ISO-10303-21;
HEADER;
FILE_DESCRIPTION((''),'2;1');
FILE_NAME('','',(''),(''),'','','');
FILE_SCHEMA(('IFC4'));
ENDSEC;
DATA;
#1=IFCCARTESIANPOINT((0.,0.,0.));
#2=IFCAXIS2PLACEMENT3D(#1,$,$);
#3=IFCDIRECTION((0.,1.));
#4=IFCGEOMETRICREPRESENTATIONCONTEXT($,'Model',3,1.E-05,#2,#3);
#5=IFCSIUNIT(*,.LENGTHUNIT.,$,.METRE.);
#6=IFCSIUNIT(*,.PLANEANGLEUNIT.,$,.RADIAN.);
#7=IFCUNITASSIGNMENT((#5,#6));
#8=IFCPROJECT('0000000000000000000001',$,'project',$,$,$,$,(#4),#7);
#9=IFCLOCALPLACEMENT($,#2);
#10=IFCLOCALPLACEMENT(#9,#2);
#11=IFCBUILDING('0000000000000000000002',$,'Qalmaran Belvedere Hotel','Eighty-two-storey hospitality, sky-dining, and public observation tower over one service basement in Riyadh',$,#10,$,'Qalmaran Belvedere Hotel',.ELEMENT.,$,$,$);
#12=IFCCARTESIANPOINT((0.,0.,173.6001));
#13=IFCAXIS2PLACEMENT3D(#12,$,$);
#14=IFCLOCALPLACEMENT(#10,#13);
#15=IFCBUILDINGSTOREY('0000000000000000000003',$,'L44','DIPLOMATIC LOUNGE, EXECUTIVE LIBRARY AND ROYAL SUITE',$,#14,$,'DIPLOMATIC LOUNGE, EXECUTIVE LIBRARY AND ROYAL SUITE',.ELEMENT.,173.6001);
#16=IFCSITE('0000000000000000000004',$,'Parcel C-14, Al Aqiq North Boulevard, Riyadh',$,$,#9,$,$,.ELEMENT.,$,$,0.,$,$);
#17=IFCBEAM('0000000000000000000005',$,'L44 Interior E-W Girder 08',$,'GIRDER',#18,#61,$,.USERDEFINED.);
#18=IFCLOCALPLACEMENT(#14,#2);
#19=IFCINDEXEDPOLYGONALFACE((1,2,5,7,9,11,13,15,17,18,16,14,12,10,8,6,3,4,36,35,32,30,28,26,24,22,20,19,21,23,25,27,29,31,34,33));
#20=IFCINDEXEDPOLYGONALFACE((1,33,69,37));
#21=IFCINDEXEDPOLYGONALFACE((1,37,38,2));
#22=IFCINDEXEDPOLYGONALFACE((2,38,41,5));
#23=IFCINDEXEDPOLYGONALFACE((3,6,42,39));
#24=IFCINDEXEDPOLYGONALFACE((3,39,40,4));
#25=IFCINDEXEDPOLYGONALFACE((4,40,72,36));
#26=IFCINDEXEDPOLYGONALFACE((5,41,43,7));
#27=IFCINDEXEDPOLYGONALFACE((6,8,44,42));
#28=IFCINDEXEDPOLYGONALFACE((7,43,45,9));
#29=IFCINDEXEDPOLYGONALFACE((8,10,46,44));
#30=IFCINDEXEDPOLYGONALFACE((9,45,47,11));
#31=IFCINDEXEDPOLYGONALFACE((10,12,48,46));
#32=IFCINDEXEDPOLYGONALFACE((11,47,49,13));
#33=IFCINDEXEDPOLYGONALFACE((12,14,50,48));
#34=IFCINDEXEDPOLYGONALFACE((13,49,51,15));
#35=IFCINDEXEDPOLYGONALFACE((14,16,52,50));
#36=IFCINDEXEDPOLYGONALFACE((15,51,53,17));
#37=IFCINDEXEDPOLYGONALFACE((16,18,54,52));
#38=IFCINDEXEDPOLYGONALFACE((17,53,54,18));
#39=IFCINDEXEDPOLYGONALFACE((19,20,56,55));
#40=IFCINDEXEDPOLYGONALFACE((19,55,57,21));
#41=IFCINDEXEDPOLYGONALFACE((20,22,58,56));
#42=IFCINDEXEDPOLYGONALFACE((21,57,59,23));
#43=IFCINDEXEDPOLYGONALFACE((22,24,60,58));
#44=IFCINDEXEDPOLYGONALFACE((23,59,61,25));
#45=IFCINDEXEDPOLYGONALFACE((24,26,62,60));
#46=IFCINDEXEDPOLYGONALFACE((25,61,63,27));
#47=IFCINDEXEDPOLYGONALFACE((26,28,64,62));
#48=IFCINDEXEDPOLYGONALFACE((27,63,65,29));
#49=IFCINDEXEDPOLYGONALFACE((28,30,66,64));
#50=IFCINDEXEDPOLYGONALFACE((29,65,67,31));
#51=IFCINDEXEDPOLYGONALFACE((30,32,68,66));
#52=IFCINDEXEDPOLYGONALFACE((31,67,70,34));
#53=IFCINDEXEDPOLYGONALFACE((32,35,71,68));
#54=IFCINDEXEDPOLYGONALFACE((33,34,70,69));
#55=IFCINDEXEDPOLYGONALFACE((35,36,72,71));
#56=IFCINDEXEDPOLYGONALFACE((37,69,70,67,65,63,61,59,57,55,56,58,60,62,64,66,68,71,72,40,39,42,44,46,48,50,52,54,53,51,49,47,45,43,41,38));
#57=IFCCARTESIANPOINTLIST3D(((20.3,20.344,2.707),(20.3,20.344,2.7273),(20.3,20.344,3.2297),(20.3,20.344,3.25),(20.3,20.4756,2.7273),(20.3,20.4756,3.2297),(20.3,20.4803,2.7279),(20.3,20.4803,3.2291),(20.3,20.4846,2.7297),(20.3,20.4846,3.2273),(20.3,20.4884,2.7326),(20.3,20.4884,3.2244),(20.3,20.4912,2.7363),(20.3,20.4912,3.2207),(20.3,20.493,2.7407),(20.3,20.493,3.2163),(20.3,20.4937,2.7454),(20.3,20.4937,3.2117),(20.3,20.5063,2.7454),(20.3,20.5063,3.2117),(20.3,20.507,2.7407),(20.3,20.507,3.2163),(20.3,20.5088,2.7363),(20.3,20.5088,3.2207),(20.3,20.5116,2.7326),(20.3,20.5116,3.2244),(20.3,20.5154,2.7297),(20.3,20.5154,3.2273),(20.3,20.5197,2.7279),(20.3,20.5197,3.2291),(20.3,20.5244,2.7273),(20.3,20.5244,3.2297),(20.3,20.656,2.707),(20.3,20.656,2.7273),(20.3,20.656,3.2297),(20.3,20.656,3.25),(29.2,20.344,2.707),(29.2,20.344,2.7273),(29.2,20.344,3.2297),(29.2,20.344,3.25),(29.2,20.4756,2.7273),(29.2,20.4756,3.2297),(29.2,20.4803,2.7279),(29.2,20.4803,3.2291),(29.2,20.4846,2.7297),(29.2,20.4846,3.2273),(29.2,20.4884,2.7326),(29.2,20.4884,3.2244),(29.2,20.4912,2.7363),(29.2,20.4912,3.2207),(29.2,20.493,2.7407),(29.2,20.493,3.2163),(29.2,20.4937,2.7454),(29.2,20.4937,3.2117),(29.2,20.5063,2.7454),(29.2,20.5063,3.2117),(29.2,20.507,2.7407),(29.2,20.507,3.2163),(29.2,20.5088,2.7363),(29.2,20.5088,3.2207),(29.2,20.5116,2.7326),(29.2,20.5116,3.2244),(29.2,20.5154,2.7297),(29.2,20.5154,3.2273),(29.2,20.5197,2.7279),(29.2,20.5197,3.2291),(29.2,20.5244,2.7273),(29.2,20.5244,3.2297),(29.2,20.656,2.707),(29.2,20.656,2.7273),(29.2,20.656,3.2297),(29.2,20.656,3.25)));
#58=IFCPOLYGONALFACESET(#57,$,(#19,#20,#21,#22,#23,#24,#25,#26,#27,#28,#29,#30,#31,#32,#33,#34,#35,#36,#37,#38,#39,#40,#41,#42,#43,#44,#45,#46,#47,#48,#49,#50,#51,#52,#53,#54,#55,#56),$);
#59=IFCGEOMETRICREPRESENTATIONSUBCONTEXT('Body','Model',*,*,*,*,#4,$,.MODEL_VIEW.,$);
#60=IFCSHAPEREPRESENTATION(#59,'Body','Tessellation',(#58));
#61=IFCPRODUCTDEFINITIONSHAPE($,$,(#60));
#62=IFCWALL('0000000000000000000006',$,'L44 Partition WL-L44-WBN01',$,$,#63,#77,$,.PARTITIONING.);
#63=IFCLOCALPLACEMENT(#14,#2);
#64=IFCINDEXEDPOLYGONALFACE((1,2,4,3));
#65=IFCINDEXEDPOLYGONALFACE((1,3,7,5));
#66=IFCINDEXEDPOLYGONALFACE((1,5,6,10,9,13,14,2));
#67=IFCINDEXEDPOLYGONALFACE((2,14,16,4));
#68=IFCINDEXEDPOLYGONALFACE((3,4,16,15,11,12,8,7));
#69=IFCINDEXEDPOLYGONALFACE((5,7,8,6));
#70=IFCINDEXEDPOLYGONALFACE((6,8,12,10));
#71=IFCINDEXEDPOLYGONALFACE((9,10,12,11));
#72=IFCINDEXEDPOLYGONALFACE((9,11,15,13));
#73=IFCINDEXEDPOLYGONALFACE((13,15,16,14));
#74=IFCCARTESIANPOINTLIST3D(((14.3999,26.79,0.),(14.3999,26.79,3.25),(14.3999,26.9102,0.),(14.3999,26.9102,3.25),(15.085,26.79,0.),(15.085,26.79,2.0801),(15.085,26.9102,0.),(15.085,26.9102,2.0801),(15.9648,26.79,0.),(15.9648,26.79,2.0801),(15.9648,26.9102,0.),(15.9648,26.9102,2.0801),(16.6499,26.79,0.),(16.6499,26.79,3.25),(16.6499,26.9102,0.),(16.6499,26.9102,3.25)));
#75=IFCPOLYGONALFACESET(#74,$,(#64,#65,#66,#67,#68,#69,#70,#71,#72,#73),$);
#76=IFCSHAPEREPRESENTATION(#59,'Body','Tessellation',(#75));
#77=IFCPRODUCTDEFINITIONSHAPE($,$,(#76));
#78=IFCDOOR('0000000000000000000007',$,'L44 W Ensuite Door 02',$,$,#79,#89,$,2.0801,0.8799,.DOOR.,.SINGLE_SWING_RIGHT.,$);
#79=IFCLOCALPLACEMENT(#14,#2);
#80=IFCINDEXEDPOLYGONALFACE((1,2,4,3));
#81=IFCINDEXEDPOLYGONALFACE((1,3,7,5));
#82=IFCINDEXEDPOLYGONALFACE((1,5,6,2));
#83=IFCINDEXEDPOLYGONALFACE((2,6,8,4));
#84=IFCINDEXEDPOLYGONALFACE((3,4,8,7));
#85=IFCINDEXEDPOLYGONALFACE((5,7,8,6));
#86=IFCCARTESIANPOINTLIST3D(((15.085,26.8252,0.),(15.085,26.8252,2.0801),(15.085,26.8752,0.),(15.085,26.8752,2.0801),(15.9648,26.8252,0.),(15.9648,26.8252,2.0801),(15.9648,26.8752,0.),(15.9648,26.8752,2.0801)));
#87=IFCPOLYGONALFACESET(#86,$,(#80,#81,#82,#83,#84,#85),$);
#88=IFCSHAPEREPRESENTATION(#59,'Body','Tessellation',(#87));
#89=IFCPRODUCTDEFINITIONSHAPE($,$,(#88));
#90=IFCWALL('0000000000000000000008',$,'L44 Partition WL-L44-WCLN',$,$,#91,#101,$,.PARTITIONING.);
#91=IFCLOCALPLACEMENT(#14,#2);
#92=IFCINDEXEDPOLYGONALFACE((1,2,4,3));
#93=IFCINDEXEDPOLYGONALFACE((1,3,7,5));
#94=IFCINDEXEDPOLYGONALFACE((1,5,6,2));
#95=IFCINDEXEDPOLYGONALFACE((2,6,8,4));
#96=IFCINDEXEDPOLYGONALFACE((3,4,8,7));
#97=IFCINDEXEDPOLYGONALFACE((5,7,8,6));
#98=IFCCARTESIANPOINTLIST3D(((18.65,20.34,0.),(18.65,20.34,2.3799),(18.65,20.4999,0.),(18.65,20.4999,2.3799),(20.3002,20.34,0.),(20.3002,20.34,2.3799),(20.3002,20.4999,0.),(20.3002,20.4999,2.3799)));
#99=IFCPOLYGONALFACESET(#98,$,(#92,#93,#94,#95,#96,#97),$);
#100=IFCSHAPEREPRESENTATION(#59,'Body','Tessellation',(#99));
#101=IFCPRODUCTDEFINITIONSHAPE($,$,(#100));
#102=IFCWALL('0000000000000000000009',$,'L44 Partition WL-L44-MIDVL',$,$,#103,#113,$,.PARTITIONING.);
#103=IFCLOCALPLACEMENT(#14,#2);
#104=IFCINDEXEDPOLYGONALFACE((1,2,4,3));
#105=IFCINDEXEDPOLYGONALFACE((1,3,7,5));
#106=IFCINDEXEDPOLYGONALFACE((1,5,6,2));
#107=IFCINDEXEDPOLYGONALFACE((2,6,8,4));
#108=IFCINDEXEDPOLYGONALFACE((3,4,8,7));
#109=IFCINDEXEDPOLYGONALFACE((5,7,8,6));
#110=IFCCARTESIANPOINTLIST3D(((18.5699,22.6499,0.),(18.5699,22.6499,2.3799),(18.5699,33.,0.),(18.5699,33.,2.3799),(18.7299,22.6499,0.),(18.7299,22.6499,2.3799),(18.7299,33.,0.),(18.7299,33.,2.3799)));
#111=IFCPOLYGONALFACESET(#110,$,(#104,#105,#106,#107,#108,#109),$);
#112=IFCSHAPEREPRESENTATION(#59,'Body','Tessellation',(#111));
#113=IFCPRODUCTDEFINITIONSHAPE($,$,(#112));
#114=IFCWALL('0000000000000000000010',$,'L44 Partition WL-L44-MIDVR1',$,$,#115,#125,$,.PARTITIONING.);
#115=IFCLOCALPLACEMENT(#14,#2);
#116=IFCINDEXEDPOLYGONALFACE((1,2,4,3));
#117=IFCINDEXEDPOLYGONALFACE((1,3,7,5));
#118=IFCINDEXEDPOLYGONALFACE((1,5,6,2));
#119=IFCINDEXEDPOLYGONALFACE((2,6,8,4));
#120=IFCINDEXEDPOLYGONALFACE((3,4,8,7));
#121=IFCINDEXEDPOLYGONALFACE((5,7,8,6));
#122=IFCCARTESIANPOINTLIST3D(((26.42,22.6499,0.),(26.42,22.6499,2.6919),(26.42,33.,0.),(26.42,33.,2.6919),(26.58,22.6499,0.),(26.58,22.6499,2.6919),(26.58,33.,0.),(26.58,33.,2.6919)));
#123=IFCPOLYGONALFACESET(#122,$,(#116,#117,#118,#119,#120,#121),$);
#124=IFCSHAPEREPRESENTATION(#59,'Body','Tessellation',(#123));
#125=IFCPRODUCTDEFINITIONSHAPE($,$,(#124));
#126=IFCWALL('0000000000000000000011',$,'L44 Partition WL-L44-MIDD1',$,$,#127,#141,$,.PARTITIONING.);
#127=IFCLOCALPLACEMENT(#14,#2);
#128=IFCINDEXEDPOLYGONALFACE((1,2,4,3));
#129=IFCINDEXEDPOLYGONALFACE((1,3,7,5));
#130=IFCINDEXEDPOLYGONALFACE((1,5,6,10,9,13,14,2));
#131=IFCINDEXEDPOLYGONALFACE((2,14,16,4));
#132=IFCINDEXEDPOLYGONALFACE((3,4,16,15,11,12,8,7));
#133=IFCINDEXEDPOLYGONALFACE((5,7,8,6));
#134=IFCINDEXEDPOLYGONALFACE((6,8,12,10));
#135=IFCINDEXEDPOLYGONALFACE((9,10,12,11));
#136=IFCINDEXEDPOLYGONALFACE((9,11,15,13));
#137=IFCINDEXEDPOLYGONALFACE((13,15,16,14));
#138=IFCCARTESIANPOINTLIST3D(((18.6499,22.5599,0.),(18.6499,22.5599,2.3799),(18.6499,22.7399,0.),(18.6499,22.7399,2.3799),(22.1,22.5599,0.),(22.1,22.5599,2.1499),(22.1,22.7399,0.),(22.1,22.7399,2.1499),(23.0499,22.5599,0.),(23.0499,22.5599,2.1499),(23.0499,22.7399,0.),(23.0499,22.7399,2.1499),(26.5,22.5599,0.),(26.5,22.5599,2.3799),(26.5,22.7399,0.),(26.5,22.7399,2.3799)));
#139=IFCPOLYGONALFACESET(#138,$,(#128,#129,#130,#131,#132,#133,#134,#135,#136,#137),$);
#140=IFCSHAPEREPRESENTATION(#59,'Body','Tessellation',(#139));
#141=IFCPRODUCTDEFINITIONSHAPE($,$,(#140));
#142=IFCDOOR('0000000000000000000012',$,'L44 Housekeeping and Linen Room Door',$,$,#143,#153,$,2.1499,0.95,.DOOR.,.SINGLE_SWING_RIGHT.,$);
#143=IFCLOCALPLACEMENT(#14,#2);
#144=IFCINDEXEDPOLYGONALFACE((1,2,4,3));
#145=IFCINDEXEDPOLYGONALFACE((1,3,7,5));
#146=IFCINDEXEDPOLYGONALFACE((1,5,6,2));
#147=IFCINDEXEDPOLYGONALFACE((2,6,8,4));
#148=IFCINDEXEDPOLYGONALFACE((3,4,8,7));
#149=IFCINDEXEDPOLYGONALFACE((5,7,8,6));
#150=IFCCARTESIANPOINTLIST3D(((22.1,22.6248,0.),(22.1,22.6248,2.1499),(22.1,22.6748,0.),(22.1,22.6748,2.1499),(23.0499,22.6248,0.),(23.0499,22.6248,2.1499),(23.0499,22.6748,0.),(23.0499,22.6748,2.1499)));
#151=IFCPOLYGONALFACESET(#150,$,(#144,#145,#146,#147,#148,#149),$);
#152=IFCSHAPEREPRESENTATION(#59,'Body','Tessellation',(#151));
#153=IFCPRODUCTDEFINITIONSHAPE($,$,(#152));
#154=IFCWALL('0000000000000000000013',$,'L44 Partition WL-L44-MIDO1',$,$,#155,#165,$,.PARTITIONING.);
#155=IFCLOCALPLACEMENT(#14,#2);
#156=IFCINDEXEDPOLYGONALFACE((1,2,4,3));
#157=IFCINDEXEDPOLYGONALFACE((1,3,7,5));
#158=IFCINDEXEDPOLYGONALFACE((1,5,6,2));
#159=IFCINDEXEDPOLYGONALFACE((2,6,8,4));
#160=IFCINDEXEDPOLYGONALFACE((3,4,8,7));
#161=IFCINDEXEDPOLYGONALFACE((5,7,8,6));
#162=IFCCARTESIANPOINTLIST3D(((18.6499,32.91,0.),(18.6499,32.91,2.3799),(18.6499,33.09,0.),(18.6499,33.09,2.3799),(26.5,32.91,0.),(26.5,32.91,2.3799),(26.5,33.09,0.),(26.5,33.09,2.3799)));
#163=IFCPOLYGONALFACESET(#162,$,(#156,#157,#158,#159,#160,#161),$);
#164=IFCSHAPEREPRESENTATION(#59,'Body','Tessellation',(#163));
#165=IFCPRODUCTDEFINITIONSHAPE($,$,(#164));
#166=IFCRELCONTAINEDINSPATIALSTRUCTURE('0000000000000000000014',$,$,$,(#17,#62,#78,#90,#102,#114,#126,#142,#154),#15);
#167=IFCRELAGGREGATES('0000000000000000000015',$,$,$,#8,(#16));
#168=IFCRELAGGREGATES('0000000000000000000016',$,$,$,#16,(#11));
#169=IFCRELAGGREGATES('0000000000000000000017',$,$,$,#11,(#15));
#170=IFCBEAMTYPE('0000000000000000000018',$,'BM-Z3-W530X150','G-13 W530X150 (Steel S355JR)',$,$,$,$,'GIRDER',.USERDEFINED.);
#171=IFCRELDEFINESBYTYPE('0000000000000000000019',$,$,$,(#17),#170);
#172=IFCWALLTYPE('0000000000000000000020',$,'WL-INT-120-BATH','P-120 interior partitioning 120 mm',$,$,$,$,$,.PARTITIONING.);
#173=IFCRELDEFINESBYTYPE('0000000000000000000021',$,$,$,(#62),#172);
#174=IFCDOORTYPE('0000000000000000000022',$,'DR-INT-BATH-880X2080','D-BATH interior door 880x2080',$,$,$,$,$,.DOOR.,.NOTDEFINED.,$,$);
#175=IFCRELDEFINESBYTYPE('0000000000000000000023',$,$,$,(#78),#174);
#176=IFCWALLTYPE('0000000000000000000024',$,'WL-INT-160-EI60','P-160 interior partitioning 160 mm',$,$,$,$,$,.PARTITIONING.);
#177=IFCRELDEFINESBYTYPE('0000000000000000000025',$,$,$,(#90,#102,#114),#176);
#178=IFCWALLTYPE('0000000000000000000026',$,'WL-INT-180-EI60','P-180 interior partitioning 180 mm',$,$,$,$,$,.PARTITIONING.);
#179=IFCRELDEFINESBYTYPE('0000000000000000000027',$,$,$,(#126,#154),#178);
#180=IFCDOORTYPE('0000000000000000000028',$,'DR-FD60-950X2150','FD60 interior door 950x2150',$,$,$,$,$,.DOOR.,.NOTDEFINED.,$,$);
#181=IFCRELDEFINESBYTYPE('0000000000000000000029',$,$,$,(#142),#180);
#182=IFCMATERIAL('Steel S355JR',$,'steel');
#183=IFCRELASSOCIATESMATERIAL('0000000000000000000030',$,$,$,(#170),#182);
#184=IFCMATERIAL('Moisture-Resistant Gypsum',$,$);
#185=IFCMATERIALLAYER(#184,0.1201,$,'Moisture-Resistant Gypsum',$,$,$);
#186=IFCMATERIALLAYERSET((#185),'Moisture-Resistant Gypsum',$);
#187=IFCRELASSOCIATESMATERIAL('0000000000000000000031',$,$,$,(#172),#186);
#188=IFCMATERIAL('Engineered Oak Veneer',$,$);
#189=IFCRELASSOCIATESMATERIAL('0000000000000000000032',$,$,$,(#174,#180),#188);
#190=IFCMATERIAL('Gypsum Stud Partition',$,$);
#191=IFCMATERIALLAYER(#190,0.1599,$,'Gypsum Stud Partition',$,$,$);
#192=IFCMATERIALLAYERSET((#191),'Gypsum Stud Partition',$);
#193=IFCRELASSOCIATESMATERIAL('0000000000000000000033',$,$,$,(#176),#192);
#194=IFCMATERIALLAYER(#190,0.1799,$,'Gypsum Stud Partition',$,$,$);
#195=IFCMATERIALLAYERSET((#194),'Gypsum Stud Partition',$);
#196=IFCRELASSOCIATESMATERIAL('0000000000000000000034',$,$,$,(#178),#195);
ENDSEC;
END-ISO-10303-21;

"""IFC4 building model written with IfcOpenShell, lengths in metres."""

from ifc_helpers import new_model, si_unit, direction, frame, frame_2d, origin, origin_2d, place, context, subcontext, project, spatial, rectangle, i_section, extrude, material, layer, layer_set, material_profile, profile_set, type_object, element, fill, save


model = new_model("IFC4")

# Units and contexts
model_context = context("Model", 3, precision=1e-05, world=origin(), true_north=direction((0.0, 1.0)))
body_context = subcontext(model_context, "Body", "Model", "MODEL_VIEW")
ifc_project = project(units=[si_unit("LENGTHUNIT", "METRE"), si_unit("PLANEANGLEUNIT", "RADIAN")], contexts=[model_context])

# Site, building, storey
site_placement = place(None, origin())
site = spatial("IfcSite", under=ifc_project, at=site_placement, Name="Parcel C-14, Al Aqiq North Boulevard, Riyadh", CompositionType="ELEMENT", RefElevation=0.0)
building_placement = place(site_placement, origin())
building = spatial("IfcBuilding", under=site, at=building_placement, Name="Qalmaran Belvedere Hotel", Description="Eighty-two-storey hospitality, sky-dining, and public observation tower over one service basement in Riyadh", LongName="Qalmaran Belvedere Hotel", CompositionType="ELEMENT")
storey_placement = place(building_placement, frame((0.0, 0.0, 173.6001)))
storey = spatial("IfcBuildingStorey", under=building, at=storey_placement, Name="L44", Description="DIPLOMATIC LOUNGE, EXECUTIVE LIBRARY AND ROYAL SUITE", LongName="DIPLOMATIC LOUNGE, EXECUTIVE LIBRARY AND ROYAL SUITE", CompositionType="ELEMENT", Elevation=173.6001)

# Beam
ifc_material_1 = material(Name="Steel S355JR", Category="steel")
ifc_material_profile_1 = material_profile(ifc_material_1, i_section(OverallWidth=0.312, OverallDepth=0.543, WebThickness=0.0127, FlangeThickness=0.0203, FilletRadius=0.0181, at=origin_2d()), Name="W530X150")
ifc_profile_set_1 = profile_set([ifc_material_profile_1], Name="Steel S355JR")
beam_type_1 = type_object("IfcBeamType", Name="BM-Z3-W530X150", Description="G-13 W530X150 (Steel S355JR)", ElementType="GIRDER", PredefinedType="USERDEFINED", material=ifc_profile_set_1)
beam_1_placement = place(storey_placement, frame((20.3, 20.5, 2.9785), z_axis=(1.0, 0.0, 0.0), x_axis=(0.0, 1.0, 0.0)))
element("IfcBeam", 1, at=beam_1_placement, inside=storey, type_object=beam_type_1, Name="L44 Interior E-W Girder 08", ObjectType="GIRDER", PredefinedType="USERDEFINED", context=body_context, shape_type="SweptSolid", body=[
    extrude(i_section(OverallWidth=0.312, OverallDepth=0.543, WebThickness=0.0127, FlangeThickness=0.0203, FilletRadius=0.0181, at=origin_2d()), origin(), (0.0, 0.0, 1.0), 8.8999),
])

# Wall, opening, door
ifc_material_2 = material(Name="Moisture-Resistant Gypsum")
ifc_layer_1 = layer(ifc_material_2, 0.1201, Name="Moisture-Resistant Gypsum")
ifc_layer_set_1 = layer_set([ifc_layer_1], Name="Moisture-Resistant Gypsum")
wall_type_1 = type_object("IfcWallType", Name="WL-INT-120-BATH", Description="P-120 interior partitioning 120 mm", PredefinedType="PARTITIONING", material=ifc_layer_set_1)
wall_1_placement = place(storey_placement, frame((14.3999, 26.8501, 0.0), z_axis=(0.0, 0.0, 1.0), x_axis=(1.0, 0.0, 0.0)))
wall_1 = element("IfcWall", 2, at=wall_1_placement, inside=storey, type_object=wall_type_1, Name="L44 Partition WL-L44-WBN01", PredefinedType="PARTITIONING", context=body_context, shape_type="SweptSolid", body=[
    extrude(rectangle(XDim=2.25, YDim=0.1201, at=frame_2d((1.125, 0.0))), origin(), (0.0, 0.0, 1.0), 3.25),
])
opening_1_placement = place(wall_1_placement, frame((1.5649, 0.0, 0.0), z_axis=(0.0, 0.0, 1.0), x_axis=(-1.0, 0.0, 0.0)))
opening_1 = element("IfcOpeningElement", 3, at=opening_1_placement, cuts=wall_1, PredefinedType="OPENING", context=body_context, shape_type="SweptSolid", body=[
    extrude(rectangle(XDim=0.8799, YDim=2.0801, at=frame_2d((0.4399, 1.04))), frame((0.0, 0.0701, 0.0), z_axis=(0.0, -1.0, 0.0), x_axis=(1.0, 0.0, 0.0)), (0.0, 0.0, 1.0), 0.1401),
])
ifc_material_3 = material(Name="Engineered Oak Veneer")
door_type_1 = type_object("IfcDoorType", Name="DR-INT-BATH-880X2080", Description="D-BATH interior door 880x2080", OperationType="NOTDEFINED", PredefinedType="DOOR", material=ifc_material_3)
door_1_placement = place(opening_1_placement, origin())
door_1 = element("IfcDoor", 4, at=door_1_placement, inside=storey, type_object=door_type_1, Name="L44 W Ensuite Door 02", OperationType="SINGLE_SWING_RIGHT", OverallHeight=2.0801, OverallWidth=0.8799, PredefinedType="DOOR", context=body_context, shape_type="SweptSolid", body=[
    extrude(rectangle(XDim=0.8799, YDim=2.0801, at=frame_2d((0.4399, 1.04))), frame((0.0, 0.0249, 0.0), z_axis=(0.0, -1.0, 0.0), x_axis=(1.0, 0.0, 0.0)), (0.0, 0.0, 1.0), 0.05),
])
fill(opening_1, door_1)
ifc_material_4 = material(Name="Gypsum Stud Partition")

# Walls
ifc_layer_2 = layer(ifc_material_4, 0.1599, Name="Gypsum Stud Partition")
ifc_layer_set_2 = layer_set([ifc_layer_2], Name="Gypsum Stud Partition")
wall_type_2 = type_object("IfcWallType", Name="WL-INT-160-EI60", Description="P-160 interior partitioning 160 mm", PredefinedType="PARTITIONING", material=ifc_layer_set_2)
wall_2_placement = place(storey_placement, frame((18.6499, 20.4199, 0.0), z_axis=(0.0, 0.0, 1.0), x_axis=(1.0, 0.0, 0.0)))
element("IfcWall", 5, at=wall_2_placement, inside=storey, type_object=wall_type_2, Name="L44 Partition WL-L44-WCLN", PredefinedType="PARTITIONING", context=body_context, shape_type="SweptSolid", body=[
    extrude(rectangle(XDim=1.6501, YDim=0.1599, at=frame_2d((0.8252, 0.0))), origin(), (0.0, 0.0, 1.0), 2.3799),
])
wall_3_placement = place(storey_placement, frame((18.6499, 22.6499, 0.0), z_axis=(0.0, 0.0, 1.0), x_axis=(0.0, 1.0, 0.0)))
element("IfcWall", 6, at=wall_3_placement, inside=storey, type_object=wall_type_2, Name="L44 Partition WL-L44-MIDVL", PredefinedType="PARTITIONING", context=body_context, shape_type="SweptSolid", body=[
    extrude(rectangle(XDim=10.3501, YDim=0.1599, at=frame_2d((5.175, 0.0))), origin(), (0.0, 0.0, 1.0), 2.3799),
])
wall_4_placement = place(storey_placement, frame((26.5, 22.6499, 0.0), z_axis=(0.0, 0.0, 1.0), x_axis=(0.0, 1.0, 0.0)))
element("IfcWall", 7, at=wall_4_placement, inside=storey, type_object=wall_type_2, Name="L44 Partition WL-L44-MIDVR1", PredefinedType="PARTITIONING", context=body_context, shape_type="SweptSolid", body=[
    extrude(rectangle(XDim=10.3501, YDim=0.1599, at=frame_2d((5.175, 0.0))), origin(), (0.0, 0.0, 1.0), 2.6919),
])

# Wall, opening, door
ifc_layer_3 = layer(ifc_material_4, 0.1799, Name="Gypsum Stud Partition")
ifc_layer_set_3 = layer_set([ifc_layer_3], Name="Gypsum Stud Partition")
wall_type_3 = type_object("IfcWallType", Name="WL-INT-180-EI60", Description="P-180 interior partitioning 180 mm", PredefinedType="PARTITIONING", material=ifc_layer_set_3)
wall_5_placement = place(storey_placement, frame((18.6499, 22.6499, 0.0), z_axis=(0.0, 0.0, 1.0), x_axis=(1.0, 0.0, 0.0)))
wall_5 = element("IfcWall", 8, at=wall_5_placement, inside=storey, type_object=wall_type_3, Name="L44 Partition WL-L44-MIDD1", PredefinedType="PARTITIONING", context=body_context, shape_type="SweptSolid", body=[
    extrude(rectangle(XDim=7.8501, YDim=0.1799, at=frame_2d((3.925, 0.0))), origin(), (0.0, 0.0, 1.0), 2.3799),
])
opening_2_placement = place(wall_5_placement, frame((3.45, 0.0, 0.0)))
opening_2 = element("IfcOpeningElement", 9, at=opening_2_placement, cuts=wall_5, PredefinedType="OPENING", context=body_context, shape_type="SweptSolid", body=[
    extrude(rectangle(XDim=0.95, YDim=2.1499, at=frame_2d((0.4751, 1.075))), frame((0.0, 0.1001, 0.0), z_axis=(0.0, -1.0, 0.0), x_axis=(1.0, 0.0, 0.0)), (0.0, 0.0, 1.0), 0.2),
])
door_type_2 = type_object("IfcDoorType", Name="DR-FD60-950X2150", Description="FD60 interior door 950x2150", OperationType="NOTDEFINED", PredefinedType="DOOR", material=ifc_material_3)
door_2_placement = place(opening_2_placement, origin())
door_2 = element("IfcDoor", 10, at=door_2_placement, inside=storey, type_object=door_type_2, Name="L44 Housekeeping and Linen Room Door", OperationType="SINGLE_SWING_RIGHT", OverallHeight=2.1499, OverallWidth=0.95, PredefinedType="DOOR", context=body_context, shape_type="SweptSolid", body=[
    extrude(rectangle(XDim=0.95, YDim=2.1499, at=frame_2d((0.4751, 1.075))), frame((0.0, 0.0249, 0.0), z_axis=(0.0, -1.0, 0.0), x_axis=(1.0, 0.0, 0.0)), (0.0, 0.0, 1.0), 0.05),
])
fill(opening_2, door_2)

# Wall
wall_6_placement = place(storey_placement, frame((18.6499, 33.0, 0.0), z_axis=(0.0, 0.0, 1.0), x_axis=(1.0, 0.0, 0.0)))
element("IfcWall", 11, at=wall_6_placement, inside=storey, type_object=wall_type_3, Name="L44 Partition WL-L44-MIDO1", PredefinedType="PARTITIONING", context=body_context, shape_type="SweptSolid", body=[
    extrude(rectangle(XDim=7.8501, YDim=0.1799, at=frame_2d((3.925, 0.0))), origin(), (0.0, 0.0, 1.0), 2.3799),
])

save(model, "model.ifc")
